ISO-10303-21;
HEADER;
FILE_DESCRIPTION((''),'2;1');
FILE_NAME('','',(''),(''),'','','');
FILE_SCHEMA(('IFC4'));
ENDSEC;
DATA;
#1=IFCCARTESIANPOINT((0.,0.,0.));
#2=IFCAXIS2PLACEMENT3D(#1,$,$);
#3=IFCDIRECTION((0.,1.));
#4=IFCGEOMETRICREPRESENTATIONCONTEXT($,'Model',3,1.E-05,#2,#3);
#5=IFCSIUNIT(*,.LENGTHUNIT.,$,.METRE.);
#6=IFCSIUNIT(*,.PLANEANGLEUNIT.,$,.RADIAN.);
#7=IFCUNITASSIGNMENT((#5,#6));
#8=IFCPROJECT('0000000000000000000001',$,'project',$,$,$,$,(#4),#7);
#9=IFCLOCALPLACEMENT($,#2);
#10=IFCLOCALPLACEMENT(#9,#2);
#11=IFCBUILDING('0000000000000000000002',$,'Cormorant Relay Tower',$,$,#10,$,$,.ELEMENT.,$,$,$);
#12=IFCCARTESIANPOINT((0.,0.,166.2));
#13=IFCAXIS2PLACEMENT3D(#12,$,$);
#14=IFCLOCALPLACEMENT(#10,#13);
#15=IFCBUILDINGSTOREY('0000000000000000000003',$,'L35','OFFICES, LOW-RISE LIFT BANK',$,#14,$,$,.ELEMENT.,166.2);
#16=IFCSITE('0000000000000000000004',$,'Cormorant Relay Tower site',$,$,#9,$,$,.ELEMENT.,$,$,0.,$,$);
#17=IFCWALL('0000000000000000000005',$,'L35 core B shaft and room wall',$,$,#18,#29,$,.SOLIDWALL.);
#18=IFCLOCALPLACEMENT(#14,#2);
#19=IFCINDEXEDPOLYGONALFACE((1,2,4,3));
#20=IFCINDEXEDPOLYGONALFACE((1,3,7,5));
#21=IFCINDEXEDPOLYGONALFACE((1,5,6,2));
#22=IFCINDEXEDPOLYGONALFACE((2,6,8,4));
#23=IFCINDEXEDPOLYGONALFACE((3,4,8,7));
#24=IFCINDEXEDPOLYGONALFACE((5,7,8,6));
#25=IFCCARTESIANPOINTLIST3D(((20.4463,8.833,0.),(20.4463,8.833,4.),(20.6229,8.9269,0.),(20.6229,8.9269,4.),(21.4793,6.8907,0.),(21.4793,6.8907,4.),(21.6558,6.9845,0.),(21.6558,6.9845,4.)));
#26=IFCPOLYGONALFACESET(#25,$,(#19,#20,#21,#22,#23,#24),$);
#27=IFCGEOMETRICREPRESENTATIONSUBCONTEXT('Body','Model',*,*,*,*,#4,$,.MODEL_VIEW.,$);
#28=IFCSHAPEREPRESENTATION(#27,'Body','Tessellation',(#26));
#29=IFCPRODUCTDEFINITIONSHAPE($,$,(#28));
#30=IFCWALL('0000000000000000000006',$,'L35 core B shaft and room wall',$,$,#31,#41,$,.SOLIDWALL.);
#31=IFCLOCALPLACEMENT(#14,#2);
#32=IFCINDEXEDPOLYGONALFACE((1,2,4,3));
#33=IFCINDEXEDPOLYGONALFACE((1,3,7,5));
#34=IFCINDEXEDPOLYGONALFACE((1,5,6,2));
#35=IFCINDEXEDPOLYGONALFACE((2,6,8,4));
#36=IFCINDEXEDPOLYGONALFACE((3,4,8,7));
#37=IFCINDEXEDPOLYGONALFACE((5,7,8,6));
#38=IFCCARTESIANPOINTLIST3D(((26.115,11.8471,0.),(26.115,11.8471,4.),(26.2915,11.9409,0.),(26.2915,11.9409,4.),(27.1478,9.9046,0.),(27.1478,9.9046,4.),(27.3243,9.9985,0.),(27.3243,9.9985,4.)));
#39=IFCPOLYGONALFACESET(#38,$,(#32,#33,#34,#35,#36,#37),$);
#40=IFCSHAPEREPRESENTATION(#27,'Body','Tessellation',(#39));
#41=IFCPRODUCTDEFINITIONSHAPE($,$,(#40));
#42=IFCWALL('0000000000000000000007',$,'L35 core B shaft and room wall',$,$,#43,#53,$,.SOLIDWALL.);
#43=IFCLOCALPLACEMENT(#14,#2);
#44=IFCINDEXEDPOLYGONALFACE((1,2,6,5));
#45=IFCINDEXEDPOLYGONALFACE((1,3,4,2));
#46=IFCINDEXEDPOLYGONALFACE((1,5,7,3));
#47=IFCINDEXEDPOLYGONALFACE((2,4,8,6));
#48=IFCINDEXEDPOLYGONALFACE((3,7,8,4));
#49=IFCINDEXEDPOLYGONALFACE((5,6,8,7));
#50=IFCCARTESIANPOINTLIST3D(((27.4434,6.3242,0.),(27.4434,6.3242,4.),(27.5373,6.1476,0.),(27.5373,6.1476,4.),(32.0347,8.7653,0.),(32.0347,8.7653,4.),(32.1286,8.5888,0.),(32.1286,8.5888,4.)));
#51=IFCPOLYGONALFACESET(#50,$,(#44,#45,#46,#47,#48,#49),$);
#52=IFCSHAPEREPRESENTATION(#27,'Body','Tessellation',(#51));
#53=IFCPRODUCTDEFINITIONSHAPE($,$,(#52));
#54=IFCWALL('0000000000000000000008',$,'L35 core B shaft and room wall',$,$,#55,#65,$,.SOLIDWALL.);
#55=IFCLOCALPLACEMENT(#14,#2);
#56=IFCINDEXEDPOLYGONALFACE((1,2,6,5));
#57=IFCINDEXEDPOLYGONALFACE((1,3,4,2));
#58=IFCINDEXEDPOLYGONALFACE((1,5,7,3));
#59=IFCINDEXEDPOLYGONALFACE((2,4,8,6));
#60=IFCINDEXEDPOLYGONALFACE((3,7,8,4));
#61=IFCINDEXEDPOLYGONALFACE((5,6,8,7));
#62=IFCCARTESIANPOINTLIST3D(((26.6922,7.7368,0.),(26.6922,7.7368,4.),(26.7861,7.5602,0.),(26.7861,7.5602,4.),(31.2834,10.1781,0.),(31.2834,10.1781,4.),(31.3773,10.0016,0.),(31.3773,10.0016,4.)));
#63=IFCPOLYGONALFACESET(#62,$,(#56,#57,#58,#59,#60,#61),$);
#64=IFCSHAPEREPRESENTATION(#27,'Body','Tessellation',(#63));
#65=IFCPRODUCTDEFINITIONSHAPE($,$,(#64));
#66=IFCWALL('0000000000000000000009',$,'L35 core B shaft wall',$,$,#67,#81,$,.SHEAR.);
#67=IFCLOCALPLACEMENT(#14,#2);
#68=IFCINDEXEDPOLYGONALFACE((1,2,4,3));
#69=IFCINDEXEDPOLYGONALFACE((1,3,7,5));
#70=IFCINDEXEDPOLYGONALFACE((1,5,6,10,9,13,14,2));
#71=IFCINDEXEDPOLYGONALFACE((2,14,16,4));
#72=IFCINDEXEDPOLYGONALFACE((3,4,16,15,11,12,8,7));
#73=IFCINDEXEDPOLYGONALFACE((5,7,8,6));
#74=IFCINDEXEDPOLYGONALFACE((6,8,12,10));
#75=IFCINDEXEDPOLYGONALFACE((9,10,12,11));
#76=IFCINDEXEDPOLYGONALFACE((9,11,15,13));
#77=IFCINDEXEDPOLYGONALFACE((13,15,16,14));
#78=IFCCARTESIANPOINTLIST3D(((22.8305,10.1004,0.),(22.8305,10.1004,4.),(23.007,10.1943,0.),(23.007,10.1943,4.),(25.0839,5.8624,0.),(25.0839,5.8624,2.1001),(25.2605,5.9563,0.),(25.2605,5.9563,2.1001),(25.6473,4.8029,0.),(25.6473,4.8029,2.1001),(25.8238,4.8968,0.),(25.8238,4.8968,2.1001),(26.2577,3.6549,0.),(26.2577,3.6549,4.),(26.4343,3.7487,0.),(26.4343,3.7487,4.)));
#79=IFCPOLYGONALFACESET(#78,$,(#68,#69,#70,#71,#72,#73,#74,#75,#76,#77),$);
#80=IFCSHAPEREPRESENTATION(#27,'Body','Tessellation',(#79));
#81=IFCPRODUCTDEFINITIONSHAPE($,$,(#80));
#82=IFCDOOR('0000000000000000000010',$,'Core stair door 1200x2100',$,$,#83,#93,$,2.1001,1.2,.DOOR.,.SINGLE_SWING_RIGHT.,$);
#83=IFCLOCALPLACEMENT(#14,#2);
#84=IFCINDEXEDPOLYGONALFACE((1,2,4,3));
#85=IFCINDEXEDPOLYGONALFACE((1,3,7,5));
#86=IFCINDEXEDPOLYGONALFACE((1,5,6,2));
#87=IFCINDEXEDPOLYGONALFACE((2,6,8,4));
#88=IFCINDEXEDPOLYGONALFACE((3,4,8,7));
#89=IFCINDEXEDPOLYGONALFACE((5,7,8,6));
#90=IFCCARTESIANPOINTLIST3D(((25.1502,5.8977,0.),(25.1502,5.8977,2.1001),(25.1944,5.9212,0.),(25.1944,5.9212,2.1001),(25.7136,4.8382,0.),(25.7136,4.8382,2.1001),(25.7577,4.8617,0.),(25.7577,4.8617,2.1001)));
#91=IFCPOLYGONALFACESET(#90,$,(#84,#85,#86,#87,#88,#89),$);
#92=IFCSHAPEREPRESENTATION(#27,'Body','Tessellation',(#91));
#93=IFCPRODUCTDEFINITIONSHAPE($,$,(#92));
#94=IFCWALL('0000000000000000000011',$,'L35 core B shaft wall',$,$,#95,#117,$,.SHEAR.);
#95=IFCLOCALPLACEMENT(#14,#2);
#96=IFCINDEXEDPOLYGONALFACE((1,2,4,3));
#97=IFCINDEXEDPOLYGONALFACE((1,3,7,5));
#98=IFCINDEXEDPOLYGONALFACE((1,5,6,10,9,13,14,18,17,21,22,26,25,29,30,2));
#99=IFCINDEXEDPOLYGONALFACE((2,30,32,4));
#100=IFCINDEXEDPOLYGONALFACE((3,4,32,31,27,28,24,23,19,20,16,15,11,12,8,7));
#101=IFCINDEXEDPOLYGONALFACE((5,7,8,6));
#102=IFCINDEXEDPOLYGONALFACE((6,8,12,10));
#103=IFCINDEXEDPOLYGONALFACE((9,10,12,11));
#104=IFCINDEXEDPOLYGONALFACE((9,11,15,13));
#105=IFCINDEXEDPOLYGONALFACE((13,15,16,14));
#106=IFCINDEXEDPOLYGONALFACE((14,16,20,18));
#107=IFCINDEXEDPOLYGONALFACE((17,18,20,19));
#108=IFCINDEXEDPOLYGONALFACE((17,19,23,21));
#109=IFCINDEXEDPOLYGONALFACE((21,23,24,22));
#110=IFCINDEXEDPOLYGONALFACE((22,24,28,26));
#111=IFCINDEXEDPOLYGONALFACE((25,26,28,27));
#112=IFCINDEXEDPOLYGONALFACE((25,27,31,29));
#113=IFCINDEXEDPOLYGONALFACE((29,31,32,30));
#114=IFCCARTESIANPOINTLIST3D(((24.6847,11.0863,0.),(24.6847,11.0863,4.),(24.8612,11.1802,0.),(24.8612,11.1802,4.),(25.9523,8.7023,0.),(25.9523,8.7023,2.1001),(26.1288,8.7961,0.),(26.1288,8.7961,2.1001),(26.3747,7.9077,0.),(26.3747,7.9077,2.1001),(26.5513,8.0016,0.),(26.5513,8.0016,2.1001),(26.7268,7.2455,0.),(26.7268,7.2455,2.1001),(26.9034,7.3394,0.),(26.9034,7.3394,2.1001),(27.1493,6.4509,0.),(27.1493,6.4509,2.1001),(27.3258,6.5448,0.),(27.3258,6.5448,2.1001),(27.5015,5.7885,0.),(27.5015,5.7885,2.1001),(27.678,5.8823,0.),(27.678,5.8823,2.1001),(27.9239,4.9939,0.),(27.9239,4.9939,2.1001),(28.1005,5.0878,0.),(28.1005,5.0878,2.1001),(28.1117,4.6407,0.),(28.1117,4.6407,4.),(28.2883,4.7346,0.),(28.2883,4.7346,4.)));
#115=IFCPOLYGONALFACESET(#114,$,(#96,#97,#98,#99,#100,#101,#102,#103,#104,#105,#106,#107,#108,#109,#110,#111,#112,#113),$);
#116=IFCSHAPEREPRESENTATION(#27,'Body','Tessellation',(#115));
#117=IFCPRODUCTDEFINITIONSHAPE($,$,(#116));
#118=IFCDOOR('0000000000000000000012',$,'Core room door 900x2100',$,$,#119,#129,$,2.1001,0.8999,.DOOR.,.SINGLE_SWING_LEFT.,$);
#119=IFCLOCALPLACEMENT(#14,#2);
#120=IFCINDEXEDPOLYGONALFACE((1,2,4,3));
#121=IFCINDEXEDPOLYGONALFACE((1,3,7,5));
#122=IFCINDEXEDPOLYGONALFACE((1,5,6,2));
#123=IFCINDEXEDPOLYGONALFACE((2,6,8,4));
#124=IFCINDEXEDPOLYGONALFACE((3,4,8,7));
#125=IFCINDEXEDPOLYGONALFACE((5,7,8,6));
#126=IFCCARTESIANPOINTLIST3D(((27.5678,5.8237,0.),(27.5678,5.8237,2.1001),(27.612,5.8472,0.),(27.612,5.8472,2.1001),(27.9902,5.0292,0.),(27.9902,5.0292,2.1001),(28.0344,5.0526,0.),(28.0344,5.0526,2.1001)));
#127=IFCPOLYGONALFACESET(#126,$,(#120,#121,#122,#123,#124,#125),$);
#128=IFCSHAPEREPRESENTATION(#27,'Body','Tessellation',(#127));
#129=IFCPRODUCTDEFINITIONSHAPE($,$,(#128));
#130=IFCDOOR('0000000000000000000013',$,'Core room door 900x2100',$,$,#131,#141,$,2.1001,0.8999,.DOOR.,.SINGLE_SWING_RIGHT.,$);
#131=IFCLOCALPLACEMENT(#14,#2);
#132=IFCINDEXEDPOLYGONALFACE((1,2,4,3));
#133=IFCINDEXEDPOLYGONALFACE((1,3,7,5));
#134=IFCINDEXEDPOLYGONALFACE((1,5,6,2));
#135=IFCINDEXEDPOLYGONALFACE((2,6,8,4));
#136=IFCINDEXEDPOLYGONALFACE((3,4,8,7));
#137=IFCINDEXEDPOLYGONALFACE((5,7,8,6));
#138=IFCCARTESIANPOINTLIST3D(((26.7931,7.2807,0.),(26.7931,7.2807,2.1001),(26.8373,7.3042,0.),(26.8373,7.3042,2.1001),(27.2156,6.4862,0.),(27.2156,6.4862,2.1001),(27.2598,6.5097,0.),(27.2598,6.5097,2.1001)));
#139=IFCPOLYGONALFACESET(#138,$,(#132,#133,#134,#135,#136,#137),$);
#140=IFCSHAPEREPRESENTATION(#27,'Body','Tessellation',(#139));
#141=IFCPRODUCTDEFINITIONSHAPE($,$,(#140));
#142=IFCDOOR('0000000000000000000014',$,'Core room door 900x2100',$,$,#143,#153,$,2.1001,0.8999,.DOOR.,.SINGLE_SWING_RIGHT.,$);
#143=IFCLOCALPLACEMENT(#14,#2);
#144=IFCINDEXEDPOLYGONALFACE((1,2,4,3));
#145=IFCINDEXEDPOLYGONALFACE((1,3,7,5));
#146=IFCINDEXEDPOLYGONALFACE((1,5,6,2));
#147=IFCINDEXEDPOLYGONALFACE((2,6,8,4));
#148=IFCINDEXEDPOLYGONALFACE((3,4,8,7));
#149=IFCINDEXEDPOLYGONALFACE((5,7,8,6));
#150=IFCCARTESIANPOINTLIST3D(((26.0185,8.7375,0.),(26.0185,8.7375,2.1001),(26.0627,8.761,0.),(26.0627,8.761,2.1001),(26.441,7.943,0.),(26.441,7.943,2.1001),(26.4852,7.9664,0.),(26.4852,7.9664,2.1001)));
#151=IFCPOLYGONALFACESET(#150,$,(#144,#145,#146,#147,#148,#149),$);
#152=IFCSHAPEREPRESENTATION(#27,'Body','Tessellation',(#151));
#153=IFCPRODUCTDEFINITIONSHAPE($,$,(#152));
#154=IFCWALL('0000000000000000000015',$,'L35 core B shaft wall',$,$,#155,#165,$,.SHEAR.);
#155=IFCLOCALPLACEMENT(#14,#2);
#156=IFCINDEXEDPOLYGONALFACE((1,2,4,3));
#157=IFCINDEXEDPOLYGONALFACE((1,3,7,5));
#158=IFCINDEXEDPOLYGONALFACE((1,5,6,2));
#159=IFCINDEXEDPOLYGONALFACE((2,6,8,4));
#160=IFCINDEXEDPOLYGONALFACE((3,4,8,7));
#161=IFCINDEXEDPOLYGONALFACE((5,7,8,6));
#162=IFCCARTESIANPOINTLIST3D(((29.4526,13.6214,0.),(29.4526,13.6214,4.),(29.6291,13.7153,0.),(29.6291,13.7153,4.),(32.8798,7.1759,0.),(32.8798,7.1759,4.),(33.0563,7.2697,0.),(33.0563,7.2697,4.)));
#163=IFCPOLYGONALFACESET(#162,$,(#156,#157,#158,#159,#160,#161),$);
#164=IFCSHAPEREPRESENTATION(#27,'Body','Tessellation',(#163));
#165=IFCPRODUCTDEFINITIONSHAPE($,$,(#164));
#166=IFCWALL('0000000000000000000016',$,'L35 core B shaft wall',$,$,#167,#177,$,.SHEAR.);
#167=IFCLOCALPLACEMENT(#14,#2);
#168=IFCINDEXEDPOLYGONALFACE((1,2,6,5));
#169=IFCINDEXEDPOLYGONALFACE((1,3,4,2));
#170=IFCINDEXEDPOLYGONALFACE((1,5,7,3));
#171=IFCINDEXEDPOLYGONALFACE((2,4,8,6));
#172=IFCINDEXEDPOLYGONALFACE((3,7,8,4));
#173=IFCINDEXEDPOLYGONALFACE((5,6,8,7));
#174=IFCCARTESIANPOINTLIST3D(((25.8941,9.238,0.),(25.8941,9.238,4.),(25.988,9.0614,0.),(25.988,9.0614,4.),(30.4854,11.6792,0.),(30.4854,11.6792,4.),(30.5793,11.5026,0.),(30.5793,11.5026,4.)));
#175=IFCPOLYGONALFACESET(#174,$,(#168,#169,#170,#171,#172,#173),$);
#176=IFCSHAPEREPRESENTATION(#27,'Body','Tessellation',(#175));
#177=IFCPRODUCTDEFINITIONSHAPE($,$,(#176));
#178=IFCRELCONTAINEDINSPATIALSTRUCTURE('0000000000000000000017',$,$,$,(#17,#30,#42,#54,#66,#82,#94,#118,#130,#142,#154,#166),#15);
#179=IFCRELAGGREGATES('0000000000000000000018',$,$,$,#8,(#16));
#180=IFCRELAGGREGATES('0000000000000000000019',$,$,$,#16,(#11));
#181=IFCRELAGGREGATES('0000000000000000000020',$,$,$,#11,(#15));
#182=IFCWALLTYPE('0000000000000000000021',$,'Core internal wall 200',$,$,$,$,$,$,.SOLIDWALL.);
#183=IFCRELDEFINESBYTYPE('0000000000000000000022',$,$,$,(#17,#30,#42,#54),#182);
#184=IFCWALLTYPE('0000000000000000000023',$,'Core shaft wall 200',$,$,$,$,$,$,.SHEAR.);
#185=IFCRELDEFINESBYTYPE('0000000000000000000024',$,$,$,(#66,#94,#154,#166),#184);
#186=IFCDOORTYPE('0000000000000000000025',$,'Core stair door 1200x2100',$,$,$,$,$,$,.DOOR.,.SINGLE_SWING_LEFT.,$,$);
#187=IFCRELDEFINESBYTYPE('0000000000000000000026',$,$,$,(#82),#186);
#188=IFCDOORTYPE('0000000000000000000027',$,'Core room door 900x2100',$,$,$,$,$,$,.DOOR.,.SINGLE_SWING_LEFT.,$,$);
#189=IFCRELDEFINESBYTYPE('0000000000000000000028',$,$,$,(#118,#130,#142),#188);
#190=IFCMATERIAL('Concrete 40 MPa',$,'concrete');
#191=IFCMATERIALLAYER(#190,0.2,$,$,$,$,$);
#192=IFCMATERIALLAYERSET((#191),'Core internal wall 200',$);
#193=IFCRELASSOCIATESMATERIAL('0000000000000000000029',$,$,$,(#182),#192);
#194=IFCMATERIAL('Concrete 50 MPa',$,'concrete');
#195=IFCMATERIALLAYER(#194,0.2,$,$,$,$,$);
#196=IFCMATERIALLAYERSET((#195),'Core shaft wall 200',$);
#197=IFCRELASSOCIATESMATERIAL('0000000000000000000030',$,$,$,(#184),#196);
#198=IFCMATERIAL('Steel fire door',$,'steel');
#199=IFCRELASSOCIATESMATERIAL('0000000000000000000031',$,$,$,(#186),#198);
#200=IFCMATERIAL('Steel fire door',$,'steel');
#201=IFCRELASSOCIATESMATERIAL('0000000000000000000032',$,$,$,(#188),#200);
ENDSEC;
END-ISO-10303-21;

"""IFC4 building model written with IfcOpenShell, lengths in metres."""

from ifc_helpers import new_model, si_unit, direction, frame, frame_2d, origin, place, context, subcontext, project, spatial, rectangle, extrude, material, layer, layer_set, type_object, element, fill, save


model = new_model("IFC4")

# Units and contexts
model_context = context("Model", 3, precision=1e-05, world=origin(), true_north=direction((0.0, 1.0)))
body_context = subcontext(model_context, "Body", "Model", "MODEL_VIEW")
ifc_project = project(units=[si_unit("LENGTHUNIT", "METRE"), si_unit("PLANEANGLEUNIT", "RADIAN")], contexts=[model_context])

# Site, building, storey
site_placement = place(None, origin())
site = spatial("IfcSite", under=ifc_project, at=site_placement, Name="Cormorant Relay Tower site", CompositionType="ELEMENT", RefElevation=0.0)
building_placement = place(site_placement, origin())
building = spatial("IfcBuilding", under=site, at=building_placement, Name="Cormorant Relay Tower", CompositionType="ELEMENT")
storey_placement = place(building_placement, frame((0.0, 0.0, 166.2)))
storey = spatial("IfcBuildingStorey", under=building, at=storey_placement, Name="L35", Description="OFFICES, LOW-RISE LIFT BANK", CompositionType="ELEMENT", Elevation=166.2)

# Walls
ifc_material_1 = material(Name="Concrete 40 MPa", Category="concrete")
ifc_layer_1 = layer(ifc_material_1, 0.2)
ifc_layer_set_1 = layer_set([ifc_layer_1], Name="Core internal wall 200")
wall_type_1 = type_object("IfcWallType", Name="Core internal wall 200", PredefinedType="SOLIDWALL", material=ifc_layer_set_1)
for number, where, z_axis, x_axis, name in (
    (1, (21.5676, 6.9375, 0.0), (0.0, 0.0, 1.0), (-0.469534, 0.882914, 0.0), "L35 core B shaft and room wall"),
    (2, (27.2361, 9.9514, 0.0), (0.0, 0.0, 1.0), (-0.469447, 0.88296, 0.0), "L35 core B shaft and room wall"),
):
    element("IfcWall", number, at=place(storey_placement, frame(where, z_axis=z_axis, x_axis=x_axis)), inside=storey, type_object=wall_type_1, Name=name, PredefinedType="SOLIDWALL", context=body_context, shape_type="SweptSolid", body=[
        extrude(rectangle(XDim=2.2, YDim=0.2, at=frame_2d((1.1001, 0.0))), origin(), (0.0, 0.0, 1.0), 4.0),
    ])
for number, where, z_axis, x_axis, name in (
    (3, (27.4902, 6.2358, 0.0), (0.0, 0.0, 1.0), (0.882954, 0.46946, 0.0), "L35 core B shaft and room wall"),
    (4, (26.739, 7.6484, 0.0), (0.0, 0.0, 1.0), (0.882935, 0.469496, 0.0), "L35 core B shaft and room wall"),
):
    element("IfcWall", number, at=place(storey_placement, frame(where, z_axis=z_axis, x_axis=x_axis)), inside=storey, type_object=wall_type_1, Name=name, PredefinedType="SOLIDWALL", context=body_context, shape_type="SweptSolid", body=[
        extrude(rectangle(XDim=5.2, YDim=0.2, at=frame_2d((2.6001, 0.0))), origin(), (0.0, 0.0, 1.0), 4.0),
    ])

# Wall, opening, door
ifc_material_2 = material(Name="Concrete 50 MPa", Category="concrete")
ifc_layer_2 = layer(ifc_material_2, 0.2)
ifc_layer_set_2 = layer_set([ifc_layer_2], Name="Core shaft wall 200")
wall_type_2 = type_object("IfcWallType", Name="Core shaft wall 200", PredefinedType="SHEAR", material=ifc_layer_set_2)
wall_1_placement = place(storey_placement, frame((26.3459, 3.7019, 0.0), z_axis=(0.0, 0.0, 1.0), x_axis=(-0.46948, 0.882943, 0.0)))
wall_1 = element("IfcWall", 5, at=wall_1_placement, inside=storey, type_object=wall_type_2, Name="L35 core B shaft wall", PredefinedType="SHEAR", context=body_context, shape_type="SweptSolid", body=[
    extrude(rectangle(XDim=7.3, YDim=0.2, at=frame_2d((3.6499, 0.0))), origin(), (0.0, 0.0, 1.0), 4.0),
])
opening_1_placement = place(wall_1_placement, frame((1.3, 0.0, 0.0)))
opening_1 = element("IfcOpeningElement", 6, at=opening_1_placement, cuts=wall_1, PredefinedType="OPENING", context=body_context, shape_type="SweptSolid", body=[
    extrude(rectangle(XDim=1.2, YDim=2.1001, at=frame_2d((0.6001, 1.05))), frame((0.0, 0.1099, 0.0), z_axis=(0.0, -1.0, 0.0), x_axis=(1.0, 0.0, 0.0)), (0.0, 0.0, 1.0), 0.22),
])
ifc_material_3 = material(Name="Steel fire door", Category="steel")
door_type_1 = type_object("IfcDoorType", Name="Core stair door 1200x2100", OperationType="SINGLE_SWING_LEFT", PredefinedType="DOOR", material=ifc_material_3)
door_1_placement = place(opening_1_placement, origin())
door_1 = element("IfcDoor", 7, at=door_1_placement, inside=storey, type_object=door_type_1, Name="Core stair door 1200x2100", OperationType="SINGLE_SWING_RIGHT", OverallHeight=2.1001, OverallWidth=1.2, PredefinedType="DOOR", context=body_context, shape_type="SweptSolid", body=[
    extrude(rectangle(XDim=1.2, YDim=2.1001, at=frame_2d((0.6001, 1.05))), frame((0.0, 0.0249, 0.0), z_axis=(0.0, -1.0, 0.0), x_axis=(1.0, 0.0, 0.0)), (0.0, 0.0, 1.0), 0.05),
])
fill(opening_1, door_1)

# Wall, openings, doors
wall_2_placement = place(storey_placement, frame((28.2, 4.6877, 0.0), z_axis=(0.0, 0.0, 1.0), x_axis=(-0.469454, 0.882957, 0.0)))
wall_2 = element("IfcWall", 8, at=wall_2_placement, inside=storey, type_object=wall_type_2, Name="L35 core B shaft wall", PredefinedType="SHEAR", context=body_context, shape_type="SweptSolid", body=[
    extrude(rectangle(XDim=7.3, YDim=0.2, at=frame_2d((3.6499, 0.0))), origin(), (0.0, 0.0, 1.0), 4.0),
])
opening_2_placement = place(wall_2_placement, frame((0.3999, 0.0, 0.0)))
opening_2 = element("IfcOpeningElement", 9, at=opening_2_placement, cuts=wall_2, PredefinedType="OPENING", context=body_context, shape_type="SweptSolid", body=[
    extrude(rectangle(XDim=0.8999, YDim=2.1001, at=frame_2d((0.45, 1.05))), frame((0.0, 0.1099, 0.0), z_axis=(0.0, -1.0, 0.0), x_axis=(1.0, 0.0, 0.0)), (0.0, 0.0, 1.0), 0.22),
])
opening_3_placement = place(wall_2_placement, frame((2.05, 0.0, 0.0)))
opening_3 = element("IfcOpeningElement", 10, at=opening_3_placement, cuts=wall_2, PredefinedType="OPENING", context=body_context, shape_type="SweptSolid", body=[
    extrude(rectangle(XDim=0.8999, YDim=2.1001, at=frame_2d((0.45, 1.05))), frame((0.0, 0.1099, 0.0), z_axis=(0.0, -1.0, 0.0), x_axis=(1.0, 0.0, 0.0)), (0.0, 0.0, 1.0), 0.22),
])
opening_4_placement = place(wall_2_placement, frame((3.7, 0.0, 0.0)))
opening_4 = element("IfcOpeningElement", 11, at=opening_4_placement, cuts=wall_2, PredefinedType="OPENING", context=body_context, shape_type="SweptSolid", body=[
    extrude(rectangle(XDim=0.8999, YDim=2.1001, at=frame_2d((0.45, 1.05))), frame((0.0, 0.1099, 0.0), z_axis=(0.0, -1.0, 0.0), x_axis=(1.0, 0.0, 0.0)), (0.0, 0.0, 1.0), 0.22),
])
ifc_material_4 = material(Name="Steel fire door", Category="steel")
door_type_2 = type_object("IfcDoorType", Name="Core room door 900x2100", OperationType="SINGLE_SWING_LEFT", PredefinedType="DOOR", material=ifc_material_4)
door_2_placement = place(opening_2_placement, origin())
door_2 = element("IfcDoor", 12, at=door_2_placement, inside=storey, type_object=door_type_2, Name="Core room door 900x2100", OperationType="SINGLE_SWING_LEFT", OverallHeight=2.1001, OverallWidth=0.8999, PredefinedType="DOOR", context=body_context, shape_type="SweptSolid", body=[
    extrude(rectangle(XDim=0.8999, YDim=2.1001, at=frame_2d((0.45, 1.05))), frame((0.0, 0.0249, 0.0), z_axis=(0.0, -1.0, 0.0), x_axis=(1.0, 0.0, 0.0)), (0.0, 0.0, 1.0), 0.05),
])
fill(opening_2, door_2)
door_3_placement = place(opening_3_placement, origin())
door_3 = element("IfcDoor", 13, at=door_3_placement, inside=storey, type_object=door_type_2, Name="Core room door 900x2100", OperationType="SINGLE_SWING_RIGHT", OverallHeight=2.1001, OverallWidth=0.8999, PredefinedType="DOOR", context=body_context, shape_type="SweptSolid", body=[
    extrude(rectangle(XDim=0.8999, YDim=2.1001, at=frame_2d((0.45, 1.05))), frame((0.0, 0.0249, 0.0), z_axis=(0.0, -1.0, 0.0), x_axis=(1.0, 0.0, 0.0)), (0.0, 0.0, 1.0), 0.05),
])
fill(opening_3, door_3)
door_4_placement = place(opening_4_placement, origin())
door_4 = element("IfcDoor", 14, at=door_4_placement, inside=storey, type_object=door_type_2, Name="Core room door 900x2100", OperationType="SINGLE_SWING_RIGHT", OverallHeight=2.1001, OverallWidth=0.8999, PredefinedType="DOOR", context=body_context, shape_type="SweptSolid", body=[
    extrude(rectangle(XDim=0.8999, YDim=2.1001, at=frame_2d((0.45, 1.05))), frame((0.0, 0.0249, 0.0), z_axis=(0.0, -1.0, 0.0), x_axis=(1.0, 0.0, 0.0)), (0.0, 0.0, 1.0), 0.05),
])
fill(opening_4, door_4)

# Walls
wall_3_placement = place(storey_placement, frame((32.968, 7.2229, 0.0), z_axis=(0.0, 0.0, 1.0), x_axis=(-0.46948, 0.882943, 0.0)))
element("IfcWall", 15, at=wall_3_placement, inside=storey, type_object=wall_type_2, Name="L35 core B shaft wall", PredefinedType="SHEAR", context=body_context, shape_type="SweptSolid", body=[
    extrude(rectangle(XDim=7.3, YDim=0.2, at=frame_2d((3.6499, 0.0))), origin(), (0.0, 0.0, 1.0), 4.0),
])
wall_4_placement = place(storey_placement, frame((25.9409, 9.1497, 0.0), z_axis=(0.0, 0.0, 1.0), x_axis=(0.882954, 0.46946, 0.0)))
element("IfcWall", 16, at=wall_4_placement, inside=storey, type_object=wall_type_2, Name="L35 core B shaft wall", PredefinedType="SHEAR", context=body_context, shape_type="SweptSolid", body=[
    extrude(rectangle(XDim=5.2, YDim=0.2, at=frame_2d((2.6001, 0.0))), origin(), (0.0, 0.0, 1.0), 4.0),
])

save(model, "model.ifc")
